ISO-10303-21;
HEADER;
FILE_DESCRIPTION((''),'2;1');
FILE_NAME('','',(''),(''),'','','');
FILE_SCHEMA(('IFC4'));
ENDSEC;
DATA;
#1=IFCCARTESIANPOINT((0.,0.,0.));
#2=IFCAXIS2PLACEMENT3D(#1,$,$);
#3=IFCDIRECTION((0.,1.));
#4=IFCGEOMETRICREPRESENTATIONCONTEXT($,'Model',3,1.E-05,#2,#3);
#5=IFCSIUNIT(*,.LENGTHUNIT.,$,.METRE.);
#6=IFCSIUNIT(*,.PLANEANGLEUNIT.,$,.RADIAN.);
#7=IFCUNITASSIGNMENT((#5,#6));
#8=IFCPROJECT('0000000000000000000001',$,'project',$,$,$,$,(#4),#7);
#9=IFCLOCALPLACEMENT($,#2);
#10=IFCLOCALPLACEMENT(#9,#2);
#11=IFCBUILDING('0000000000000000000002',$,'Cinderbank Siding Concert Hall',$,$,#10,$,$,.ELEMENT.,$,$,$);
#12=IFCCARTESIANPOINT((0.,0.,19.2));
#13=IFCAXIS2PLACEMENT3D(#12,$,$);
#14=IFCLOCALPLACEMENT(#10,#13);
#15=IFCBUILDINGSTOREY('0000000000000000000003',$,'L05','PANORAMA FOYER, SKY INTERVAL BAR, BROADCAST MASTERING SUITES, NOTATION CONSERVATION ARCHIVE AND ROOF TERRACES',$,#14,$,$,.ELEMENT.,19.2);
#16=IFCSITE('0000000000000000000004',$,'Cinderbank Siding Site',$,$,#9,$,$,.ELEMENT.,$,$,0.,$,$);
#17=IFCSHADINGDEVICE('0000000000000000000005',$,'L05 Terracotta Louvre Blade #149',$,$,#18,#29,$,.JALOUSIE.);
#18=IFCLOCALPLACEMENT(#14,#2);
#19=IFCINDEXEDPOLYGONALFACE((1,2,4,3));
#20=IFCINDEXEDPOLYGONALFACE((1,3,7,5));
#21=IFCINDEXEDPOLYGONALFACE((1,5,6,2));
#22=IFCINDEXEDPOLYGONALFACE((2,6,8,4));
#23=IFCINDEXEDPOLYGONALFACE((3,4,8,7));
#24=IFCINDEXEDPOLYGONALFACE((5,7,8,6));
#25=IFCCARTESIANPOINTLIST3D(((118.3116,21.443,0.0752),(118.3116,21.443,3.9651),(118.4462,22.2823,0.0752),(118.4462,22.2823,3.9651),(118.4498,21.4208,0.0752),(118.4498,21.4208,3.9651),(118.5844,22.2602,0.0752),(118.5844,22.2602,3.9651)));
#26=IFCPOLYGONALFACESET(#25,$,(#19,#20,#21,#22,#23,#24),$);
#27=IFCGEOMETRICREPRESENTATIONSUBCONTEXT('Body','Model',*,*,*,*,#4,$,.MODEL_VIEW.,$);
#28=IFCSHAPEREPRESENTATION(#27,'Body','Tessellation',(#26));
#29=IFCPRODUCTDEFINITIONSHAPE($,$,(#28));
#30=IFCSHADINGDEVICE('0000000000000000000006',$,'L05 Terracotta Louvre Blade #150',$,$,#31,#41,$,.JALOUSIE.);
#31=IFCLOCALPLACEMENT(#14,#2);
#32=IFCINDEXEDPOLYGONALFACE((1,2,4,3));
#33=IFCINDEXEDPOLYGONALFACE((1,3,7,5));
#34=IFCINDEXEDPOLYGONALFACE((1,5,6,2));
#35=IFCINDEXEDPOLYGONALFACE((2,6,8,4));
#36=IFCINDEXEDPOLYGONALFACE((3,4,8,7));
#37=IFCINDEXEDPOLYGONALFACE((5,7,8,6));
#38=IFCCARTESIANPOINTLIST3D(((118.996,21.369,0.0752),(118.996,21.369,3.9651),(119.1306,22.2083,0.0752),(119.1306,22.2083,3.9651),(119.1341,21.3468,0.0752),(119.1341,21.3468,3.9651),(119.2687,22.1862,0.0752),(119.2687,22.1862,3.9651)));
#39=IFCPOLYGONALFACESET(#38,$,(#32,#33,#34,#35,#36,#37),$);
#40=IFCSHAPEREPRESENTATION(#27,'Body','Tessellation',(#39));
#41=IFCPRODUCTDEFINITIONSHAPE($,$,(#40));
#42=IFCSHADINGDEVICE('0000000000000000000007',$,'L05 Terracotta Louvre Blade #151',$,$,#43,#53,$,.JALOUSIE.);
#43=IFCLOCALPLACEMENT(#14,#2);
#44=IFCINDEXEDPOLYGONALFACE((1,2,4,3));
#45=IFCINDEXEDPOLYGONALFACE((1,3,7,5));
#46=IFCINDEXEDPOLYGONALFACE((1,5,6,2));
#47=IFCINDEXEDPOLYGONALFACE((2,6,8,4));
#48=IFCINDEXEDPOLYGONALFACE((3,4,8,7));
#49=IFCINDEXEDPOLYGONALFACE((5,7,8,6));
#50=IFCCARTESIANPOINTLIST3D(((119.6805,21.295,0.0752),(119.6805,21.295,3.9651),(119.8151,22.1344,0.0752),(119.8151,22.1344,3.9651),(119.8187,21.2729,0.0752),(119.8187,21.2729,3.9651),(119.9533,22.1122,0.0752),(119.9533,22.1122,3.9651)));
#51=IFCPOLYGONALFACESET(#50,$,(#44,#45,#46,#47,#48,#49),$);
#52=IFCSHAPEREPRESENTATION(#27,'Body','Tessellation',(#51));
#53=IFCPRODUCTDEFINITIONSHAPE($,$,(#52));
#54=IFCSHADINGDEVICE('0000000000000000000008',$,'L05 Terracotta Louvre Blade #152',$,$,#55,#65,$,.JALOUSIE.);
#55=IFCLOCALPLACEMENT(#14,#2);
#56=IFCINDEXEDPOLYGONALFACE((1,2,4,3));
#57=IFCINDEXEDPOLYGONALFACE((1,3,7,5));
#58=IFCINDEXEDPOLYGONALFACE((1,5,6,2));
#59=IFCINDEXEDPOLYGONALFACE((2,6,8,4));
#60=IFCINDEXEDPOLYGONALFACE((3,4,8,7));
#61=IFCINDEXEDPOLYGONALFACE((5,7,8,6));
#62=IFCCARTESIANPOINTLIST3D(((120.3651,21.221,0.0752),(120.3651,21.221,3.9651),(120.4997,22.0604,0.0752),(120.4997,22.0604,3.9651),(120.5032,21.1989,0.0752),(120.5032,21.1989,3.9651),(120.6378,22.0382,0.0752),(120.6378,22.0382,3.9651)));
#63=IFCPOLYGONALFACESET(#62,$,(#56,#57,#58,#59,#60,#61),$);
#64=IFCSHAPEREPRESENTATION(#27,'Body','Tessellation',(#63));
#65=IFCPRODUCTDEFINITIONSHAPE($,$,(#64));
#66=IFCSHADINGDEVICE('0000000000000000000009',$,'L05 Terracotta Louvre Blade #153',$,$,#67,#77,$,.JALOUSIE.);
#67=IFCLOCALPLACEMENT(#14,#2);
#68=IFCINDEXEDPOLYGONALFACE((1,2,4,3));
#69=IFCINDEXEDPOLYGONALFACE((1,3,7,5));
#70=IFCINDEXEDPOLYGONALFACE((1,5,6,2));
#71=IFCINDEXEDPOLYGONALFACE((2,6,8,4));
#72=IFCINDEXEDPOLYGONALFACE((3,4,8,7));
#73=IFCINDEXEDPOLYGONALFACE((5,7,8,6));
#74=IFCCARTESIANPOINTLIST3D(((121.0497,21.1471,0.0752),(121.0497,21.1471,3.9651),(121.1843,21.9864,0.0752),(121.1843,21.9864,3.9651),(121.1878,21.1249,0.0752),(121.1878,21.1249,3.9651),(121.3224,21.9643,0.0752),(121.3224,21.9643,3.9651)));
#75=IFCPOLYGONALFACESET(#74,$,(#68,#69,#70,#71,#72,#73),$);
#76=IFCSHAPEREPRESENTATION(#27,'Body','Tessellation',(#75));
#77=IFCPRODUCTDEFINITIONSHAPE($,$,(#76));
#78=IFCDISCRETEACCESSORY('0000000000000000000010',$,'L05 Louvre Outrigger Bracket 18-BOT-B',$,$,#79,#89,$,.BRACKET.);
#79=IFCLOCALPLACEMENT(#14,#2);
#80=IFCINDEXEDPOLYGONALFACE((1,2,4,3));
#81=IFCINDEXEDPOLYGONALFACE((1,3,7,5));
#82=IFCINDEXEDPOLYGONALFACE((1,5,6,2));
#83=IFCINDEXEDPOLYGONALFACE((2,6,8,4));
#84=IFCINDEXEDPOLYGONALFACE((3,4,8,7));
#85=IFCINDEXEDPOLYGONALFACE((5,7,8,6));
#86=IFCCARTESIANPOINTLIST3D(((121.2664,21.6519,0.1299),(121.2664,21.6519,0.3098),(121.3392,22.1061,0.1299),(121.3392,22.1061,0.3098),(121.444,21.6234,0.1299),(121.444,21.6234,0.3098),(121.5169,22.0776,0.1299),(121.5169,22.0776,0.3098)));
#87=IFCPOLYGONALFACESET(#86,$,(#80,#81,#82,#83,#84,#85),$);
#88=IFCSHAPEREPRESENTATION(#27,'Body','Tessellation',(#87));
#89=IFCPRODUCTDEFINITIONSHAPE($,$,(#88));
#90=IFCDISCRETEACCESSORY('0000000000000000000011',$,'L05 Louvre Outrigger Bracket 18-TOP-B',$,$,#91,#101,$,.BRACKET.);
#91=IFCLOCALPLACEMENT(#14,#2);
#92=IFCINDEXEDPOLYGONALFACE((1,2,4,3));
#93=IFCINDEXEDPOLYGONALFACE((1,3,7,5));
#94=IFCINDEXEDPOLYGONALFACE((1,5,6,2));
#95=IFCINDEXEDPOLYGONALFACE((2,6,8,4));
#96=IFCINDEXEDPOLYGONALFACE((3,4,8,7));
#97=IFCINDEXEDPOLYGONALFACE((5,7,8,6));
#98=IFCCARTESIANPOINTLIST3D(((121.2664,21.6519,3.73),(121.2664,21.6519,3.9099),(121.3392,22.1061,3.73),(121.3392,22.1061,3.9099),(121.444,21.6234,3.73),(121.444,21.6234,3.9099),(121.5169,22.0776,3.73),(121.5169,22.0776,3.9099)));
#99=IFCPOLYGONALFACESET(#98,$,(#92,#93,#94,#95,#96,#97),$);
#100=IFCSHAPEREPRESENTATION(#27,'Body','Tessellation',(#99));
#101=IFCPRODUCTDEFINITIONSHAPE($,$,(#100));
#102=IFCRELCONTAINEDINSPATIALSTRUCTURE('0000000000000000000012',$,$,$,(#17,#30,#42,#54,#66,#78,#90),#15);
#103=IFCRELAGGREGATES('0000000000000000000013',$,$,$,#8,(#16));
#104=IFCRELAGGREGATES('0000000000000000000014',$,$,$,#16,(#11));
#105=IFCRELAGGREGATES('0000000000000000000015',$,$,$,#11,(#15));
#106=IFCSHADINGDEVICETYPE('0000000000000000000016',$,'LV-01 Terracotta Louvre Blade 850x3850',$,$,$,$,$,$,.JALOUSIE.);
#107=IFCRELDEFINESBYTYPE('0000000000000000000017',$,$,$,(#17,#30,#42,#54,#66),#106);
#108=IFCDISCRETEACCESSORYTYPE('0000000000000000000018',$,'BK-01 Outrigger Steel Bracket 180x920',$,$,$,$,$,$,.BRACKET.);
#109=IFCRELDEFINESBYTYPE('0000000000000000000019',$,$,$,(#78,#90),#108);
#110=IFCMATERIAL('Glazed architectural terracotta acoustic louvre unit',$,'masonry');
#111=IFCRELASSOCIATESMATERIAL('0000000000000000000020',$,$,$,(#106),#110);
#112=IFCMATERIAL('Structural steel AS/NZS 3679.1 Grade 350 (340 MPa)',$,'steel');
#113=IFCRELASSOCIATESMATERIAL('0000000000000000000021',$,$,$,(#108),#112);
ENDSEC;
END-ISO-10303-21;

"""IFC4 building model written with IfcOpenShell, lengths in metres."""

from ifc_helpers import new_model, si_unit, direction, frame, origin, origin_2d, place, context, subcontext, project, spatial, rectangle, extrude, material, type_object, element, save


model = new_model("IFC4")

# Units and contexts
model_context = context("Model", 3, precision=1e-05, world=origin(), true_north=direction((0.0, 1.0)))
body_context = subcontext(model_context, "Body", "Model", "MODEL_VIEW")
ifc_project = project(units=[si_unit("LENGTHUNIT", "METRE"), si_unit("PLANEANGLEUNIT", "RADIAN")], contexts=[model_context])

# Site, building, storey
site_placement = place(None, origin())
site = spatial("IfcSite", under=ifc_project, at=site_placement, Name="Cinderbank Siding Site", CompositionType="ELEMENT", RefElevation=0.0)
building_placement = place(site_placement, origin())
building = spatial("IfcBuilding", under=site, at=building_placement, Name="Cinderbank Siding Concert Hall", CompositionType="ELEMENT")
storey_placement = place(building_placement, frame((0.0, 0.0, 19.2)))
storey = spatial("IfcBuildingStorey", under=building, at=storey_placement, Name="L05", Description="PANORAMA FOYER, SKY INTERVAL BAR, BROADCAST MASTERING SUITES, NOTATION CONSERVATION ARCHIVE AND ROOF TERRACES", CompositionType="ELEMENT", Elevation=19.2)

# Shading devices
ifc_material_1 = material(Name="Glazed architectural terracotta acoustic louvre unit", Category="masonry")
shading_device_type = type_object("IfcShadingDeviceType", Name="LV-01 Terracotta Louvre Blade 850x3850", PredefinedType="JALOUSIE", material=ifc_material_1)
for number, where, z_axis, x_axis, name in (
    (1, (118.448, 21.8516, 0.0752), (0.0, 0.0, 1.0), (-0.158354, -0.987382, 0.0), "L05 Terracotta Louvre Blade #149"),
    (2, (119.1323, 21.7776, 0.0752), (0.0, 0.0, 1.0), (-0.158354, -0.987382, 0.0), "L05 Terracotta Louvre Blade #150"),
    (3, (119.8169, 21.7036, 0.0752), (0.0, 0.0, 1.0), (-0.158354, -0.987382, 0.0), "L05 Terracotta Louvre Blade #151"),
    (4, (120.5015, 21.6296, 0.0752), (0.0, 0.0, 1.0), (-0.158354, -0.987382, 0.0), "L05 Terracotta Louvre Blade #152"),
    (5, (121.186, 21.5557, 0.0752), (0.0, 0.0, 1.0), (-0.158354, -0.987382, 0.0), "L05 Terracotta Louvre Blade #153"),
):
    element("IfcShadingDevice", number, at=place(storey_placement, frame(where, z_axis=z_axis, x_axis=x_axis)), inside=storey, type_object=shading_device_type, Name=name, PredefinedType="JALOUSIE", context=body_context, shape_type="SweptSolid", body=[
        extrude(rectangle(XDim=0.8501, YDim=0.1399, at=origin_2d()), origin(), (0.0, 0.0, 1.0), 3.8899),
    ])

# Discrete accessories
ifc_material_2 = material(Name="Structural steel AS/NZS 3679.1 Grade 350 (340 MPa)", Category="steel")
discrete_accessory_type = type_object("IfcDiscreteAccessoryType", Name="BK-01 Outrigger Steel Bracket 180x920", PredefinedType="BRACKET", material=ifc_material_2)
for number, where, z_axis, x_axis, name in (
    (6, (121.3916, 21.8647, 0.1299), (0.0, 0.0, 1.0), (-0.158354, -0.987382, 0.0), "L05 Louvre Outrigger Bracket 18-BOT-B"),
    (7, (121.3916, 21.8647, 3.73), (0.0, 0.0, 1.0), (-0.158354, -0.987382, 0.0), "L05 Louvre Outrigger Bracket 18-TOP-B"),
):
    element("IfcDiscreteAccessory", number, at=place(storey_placement, frame(where, z_axis=z_axis, x_axis=x_axis)), inside=storey, type_object=discrete_accessory_type, Name=name, PredefinedType="BRACKET", context=body_context, shape_type="SweptSolid", body=[
        extrude(rectangle(XDim=0.46, YDim=0.1799, at=origin_2d()), origin(), (0.0, 0.0, 1.0), 0.1799),
    ])

save(model, "model.ifc")
